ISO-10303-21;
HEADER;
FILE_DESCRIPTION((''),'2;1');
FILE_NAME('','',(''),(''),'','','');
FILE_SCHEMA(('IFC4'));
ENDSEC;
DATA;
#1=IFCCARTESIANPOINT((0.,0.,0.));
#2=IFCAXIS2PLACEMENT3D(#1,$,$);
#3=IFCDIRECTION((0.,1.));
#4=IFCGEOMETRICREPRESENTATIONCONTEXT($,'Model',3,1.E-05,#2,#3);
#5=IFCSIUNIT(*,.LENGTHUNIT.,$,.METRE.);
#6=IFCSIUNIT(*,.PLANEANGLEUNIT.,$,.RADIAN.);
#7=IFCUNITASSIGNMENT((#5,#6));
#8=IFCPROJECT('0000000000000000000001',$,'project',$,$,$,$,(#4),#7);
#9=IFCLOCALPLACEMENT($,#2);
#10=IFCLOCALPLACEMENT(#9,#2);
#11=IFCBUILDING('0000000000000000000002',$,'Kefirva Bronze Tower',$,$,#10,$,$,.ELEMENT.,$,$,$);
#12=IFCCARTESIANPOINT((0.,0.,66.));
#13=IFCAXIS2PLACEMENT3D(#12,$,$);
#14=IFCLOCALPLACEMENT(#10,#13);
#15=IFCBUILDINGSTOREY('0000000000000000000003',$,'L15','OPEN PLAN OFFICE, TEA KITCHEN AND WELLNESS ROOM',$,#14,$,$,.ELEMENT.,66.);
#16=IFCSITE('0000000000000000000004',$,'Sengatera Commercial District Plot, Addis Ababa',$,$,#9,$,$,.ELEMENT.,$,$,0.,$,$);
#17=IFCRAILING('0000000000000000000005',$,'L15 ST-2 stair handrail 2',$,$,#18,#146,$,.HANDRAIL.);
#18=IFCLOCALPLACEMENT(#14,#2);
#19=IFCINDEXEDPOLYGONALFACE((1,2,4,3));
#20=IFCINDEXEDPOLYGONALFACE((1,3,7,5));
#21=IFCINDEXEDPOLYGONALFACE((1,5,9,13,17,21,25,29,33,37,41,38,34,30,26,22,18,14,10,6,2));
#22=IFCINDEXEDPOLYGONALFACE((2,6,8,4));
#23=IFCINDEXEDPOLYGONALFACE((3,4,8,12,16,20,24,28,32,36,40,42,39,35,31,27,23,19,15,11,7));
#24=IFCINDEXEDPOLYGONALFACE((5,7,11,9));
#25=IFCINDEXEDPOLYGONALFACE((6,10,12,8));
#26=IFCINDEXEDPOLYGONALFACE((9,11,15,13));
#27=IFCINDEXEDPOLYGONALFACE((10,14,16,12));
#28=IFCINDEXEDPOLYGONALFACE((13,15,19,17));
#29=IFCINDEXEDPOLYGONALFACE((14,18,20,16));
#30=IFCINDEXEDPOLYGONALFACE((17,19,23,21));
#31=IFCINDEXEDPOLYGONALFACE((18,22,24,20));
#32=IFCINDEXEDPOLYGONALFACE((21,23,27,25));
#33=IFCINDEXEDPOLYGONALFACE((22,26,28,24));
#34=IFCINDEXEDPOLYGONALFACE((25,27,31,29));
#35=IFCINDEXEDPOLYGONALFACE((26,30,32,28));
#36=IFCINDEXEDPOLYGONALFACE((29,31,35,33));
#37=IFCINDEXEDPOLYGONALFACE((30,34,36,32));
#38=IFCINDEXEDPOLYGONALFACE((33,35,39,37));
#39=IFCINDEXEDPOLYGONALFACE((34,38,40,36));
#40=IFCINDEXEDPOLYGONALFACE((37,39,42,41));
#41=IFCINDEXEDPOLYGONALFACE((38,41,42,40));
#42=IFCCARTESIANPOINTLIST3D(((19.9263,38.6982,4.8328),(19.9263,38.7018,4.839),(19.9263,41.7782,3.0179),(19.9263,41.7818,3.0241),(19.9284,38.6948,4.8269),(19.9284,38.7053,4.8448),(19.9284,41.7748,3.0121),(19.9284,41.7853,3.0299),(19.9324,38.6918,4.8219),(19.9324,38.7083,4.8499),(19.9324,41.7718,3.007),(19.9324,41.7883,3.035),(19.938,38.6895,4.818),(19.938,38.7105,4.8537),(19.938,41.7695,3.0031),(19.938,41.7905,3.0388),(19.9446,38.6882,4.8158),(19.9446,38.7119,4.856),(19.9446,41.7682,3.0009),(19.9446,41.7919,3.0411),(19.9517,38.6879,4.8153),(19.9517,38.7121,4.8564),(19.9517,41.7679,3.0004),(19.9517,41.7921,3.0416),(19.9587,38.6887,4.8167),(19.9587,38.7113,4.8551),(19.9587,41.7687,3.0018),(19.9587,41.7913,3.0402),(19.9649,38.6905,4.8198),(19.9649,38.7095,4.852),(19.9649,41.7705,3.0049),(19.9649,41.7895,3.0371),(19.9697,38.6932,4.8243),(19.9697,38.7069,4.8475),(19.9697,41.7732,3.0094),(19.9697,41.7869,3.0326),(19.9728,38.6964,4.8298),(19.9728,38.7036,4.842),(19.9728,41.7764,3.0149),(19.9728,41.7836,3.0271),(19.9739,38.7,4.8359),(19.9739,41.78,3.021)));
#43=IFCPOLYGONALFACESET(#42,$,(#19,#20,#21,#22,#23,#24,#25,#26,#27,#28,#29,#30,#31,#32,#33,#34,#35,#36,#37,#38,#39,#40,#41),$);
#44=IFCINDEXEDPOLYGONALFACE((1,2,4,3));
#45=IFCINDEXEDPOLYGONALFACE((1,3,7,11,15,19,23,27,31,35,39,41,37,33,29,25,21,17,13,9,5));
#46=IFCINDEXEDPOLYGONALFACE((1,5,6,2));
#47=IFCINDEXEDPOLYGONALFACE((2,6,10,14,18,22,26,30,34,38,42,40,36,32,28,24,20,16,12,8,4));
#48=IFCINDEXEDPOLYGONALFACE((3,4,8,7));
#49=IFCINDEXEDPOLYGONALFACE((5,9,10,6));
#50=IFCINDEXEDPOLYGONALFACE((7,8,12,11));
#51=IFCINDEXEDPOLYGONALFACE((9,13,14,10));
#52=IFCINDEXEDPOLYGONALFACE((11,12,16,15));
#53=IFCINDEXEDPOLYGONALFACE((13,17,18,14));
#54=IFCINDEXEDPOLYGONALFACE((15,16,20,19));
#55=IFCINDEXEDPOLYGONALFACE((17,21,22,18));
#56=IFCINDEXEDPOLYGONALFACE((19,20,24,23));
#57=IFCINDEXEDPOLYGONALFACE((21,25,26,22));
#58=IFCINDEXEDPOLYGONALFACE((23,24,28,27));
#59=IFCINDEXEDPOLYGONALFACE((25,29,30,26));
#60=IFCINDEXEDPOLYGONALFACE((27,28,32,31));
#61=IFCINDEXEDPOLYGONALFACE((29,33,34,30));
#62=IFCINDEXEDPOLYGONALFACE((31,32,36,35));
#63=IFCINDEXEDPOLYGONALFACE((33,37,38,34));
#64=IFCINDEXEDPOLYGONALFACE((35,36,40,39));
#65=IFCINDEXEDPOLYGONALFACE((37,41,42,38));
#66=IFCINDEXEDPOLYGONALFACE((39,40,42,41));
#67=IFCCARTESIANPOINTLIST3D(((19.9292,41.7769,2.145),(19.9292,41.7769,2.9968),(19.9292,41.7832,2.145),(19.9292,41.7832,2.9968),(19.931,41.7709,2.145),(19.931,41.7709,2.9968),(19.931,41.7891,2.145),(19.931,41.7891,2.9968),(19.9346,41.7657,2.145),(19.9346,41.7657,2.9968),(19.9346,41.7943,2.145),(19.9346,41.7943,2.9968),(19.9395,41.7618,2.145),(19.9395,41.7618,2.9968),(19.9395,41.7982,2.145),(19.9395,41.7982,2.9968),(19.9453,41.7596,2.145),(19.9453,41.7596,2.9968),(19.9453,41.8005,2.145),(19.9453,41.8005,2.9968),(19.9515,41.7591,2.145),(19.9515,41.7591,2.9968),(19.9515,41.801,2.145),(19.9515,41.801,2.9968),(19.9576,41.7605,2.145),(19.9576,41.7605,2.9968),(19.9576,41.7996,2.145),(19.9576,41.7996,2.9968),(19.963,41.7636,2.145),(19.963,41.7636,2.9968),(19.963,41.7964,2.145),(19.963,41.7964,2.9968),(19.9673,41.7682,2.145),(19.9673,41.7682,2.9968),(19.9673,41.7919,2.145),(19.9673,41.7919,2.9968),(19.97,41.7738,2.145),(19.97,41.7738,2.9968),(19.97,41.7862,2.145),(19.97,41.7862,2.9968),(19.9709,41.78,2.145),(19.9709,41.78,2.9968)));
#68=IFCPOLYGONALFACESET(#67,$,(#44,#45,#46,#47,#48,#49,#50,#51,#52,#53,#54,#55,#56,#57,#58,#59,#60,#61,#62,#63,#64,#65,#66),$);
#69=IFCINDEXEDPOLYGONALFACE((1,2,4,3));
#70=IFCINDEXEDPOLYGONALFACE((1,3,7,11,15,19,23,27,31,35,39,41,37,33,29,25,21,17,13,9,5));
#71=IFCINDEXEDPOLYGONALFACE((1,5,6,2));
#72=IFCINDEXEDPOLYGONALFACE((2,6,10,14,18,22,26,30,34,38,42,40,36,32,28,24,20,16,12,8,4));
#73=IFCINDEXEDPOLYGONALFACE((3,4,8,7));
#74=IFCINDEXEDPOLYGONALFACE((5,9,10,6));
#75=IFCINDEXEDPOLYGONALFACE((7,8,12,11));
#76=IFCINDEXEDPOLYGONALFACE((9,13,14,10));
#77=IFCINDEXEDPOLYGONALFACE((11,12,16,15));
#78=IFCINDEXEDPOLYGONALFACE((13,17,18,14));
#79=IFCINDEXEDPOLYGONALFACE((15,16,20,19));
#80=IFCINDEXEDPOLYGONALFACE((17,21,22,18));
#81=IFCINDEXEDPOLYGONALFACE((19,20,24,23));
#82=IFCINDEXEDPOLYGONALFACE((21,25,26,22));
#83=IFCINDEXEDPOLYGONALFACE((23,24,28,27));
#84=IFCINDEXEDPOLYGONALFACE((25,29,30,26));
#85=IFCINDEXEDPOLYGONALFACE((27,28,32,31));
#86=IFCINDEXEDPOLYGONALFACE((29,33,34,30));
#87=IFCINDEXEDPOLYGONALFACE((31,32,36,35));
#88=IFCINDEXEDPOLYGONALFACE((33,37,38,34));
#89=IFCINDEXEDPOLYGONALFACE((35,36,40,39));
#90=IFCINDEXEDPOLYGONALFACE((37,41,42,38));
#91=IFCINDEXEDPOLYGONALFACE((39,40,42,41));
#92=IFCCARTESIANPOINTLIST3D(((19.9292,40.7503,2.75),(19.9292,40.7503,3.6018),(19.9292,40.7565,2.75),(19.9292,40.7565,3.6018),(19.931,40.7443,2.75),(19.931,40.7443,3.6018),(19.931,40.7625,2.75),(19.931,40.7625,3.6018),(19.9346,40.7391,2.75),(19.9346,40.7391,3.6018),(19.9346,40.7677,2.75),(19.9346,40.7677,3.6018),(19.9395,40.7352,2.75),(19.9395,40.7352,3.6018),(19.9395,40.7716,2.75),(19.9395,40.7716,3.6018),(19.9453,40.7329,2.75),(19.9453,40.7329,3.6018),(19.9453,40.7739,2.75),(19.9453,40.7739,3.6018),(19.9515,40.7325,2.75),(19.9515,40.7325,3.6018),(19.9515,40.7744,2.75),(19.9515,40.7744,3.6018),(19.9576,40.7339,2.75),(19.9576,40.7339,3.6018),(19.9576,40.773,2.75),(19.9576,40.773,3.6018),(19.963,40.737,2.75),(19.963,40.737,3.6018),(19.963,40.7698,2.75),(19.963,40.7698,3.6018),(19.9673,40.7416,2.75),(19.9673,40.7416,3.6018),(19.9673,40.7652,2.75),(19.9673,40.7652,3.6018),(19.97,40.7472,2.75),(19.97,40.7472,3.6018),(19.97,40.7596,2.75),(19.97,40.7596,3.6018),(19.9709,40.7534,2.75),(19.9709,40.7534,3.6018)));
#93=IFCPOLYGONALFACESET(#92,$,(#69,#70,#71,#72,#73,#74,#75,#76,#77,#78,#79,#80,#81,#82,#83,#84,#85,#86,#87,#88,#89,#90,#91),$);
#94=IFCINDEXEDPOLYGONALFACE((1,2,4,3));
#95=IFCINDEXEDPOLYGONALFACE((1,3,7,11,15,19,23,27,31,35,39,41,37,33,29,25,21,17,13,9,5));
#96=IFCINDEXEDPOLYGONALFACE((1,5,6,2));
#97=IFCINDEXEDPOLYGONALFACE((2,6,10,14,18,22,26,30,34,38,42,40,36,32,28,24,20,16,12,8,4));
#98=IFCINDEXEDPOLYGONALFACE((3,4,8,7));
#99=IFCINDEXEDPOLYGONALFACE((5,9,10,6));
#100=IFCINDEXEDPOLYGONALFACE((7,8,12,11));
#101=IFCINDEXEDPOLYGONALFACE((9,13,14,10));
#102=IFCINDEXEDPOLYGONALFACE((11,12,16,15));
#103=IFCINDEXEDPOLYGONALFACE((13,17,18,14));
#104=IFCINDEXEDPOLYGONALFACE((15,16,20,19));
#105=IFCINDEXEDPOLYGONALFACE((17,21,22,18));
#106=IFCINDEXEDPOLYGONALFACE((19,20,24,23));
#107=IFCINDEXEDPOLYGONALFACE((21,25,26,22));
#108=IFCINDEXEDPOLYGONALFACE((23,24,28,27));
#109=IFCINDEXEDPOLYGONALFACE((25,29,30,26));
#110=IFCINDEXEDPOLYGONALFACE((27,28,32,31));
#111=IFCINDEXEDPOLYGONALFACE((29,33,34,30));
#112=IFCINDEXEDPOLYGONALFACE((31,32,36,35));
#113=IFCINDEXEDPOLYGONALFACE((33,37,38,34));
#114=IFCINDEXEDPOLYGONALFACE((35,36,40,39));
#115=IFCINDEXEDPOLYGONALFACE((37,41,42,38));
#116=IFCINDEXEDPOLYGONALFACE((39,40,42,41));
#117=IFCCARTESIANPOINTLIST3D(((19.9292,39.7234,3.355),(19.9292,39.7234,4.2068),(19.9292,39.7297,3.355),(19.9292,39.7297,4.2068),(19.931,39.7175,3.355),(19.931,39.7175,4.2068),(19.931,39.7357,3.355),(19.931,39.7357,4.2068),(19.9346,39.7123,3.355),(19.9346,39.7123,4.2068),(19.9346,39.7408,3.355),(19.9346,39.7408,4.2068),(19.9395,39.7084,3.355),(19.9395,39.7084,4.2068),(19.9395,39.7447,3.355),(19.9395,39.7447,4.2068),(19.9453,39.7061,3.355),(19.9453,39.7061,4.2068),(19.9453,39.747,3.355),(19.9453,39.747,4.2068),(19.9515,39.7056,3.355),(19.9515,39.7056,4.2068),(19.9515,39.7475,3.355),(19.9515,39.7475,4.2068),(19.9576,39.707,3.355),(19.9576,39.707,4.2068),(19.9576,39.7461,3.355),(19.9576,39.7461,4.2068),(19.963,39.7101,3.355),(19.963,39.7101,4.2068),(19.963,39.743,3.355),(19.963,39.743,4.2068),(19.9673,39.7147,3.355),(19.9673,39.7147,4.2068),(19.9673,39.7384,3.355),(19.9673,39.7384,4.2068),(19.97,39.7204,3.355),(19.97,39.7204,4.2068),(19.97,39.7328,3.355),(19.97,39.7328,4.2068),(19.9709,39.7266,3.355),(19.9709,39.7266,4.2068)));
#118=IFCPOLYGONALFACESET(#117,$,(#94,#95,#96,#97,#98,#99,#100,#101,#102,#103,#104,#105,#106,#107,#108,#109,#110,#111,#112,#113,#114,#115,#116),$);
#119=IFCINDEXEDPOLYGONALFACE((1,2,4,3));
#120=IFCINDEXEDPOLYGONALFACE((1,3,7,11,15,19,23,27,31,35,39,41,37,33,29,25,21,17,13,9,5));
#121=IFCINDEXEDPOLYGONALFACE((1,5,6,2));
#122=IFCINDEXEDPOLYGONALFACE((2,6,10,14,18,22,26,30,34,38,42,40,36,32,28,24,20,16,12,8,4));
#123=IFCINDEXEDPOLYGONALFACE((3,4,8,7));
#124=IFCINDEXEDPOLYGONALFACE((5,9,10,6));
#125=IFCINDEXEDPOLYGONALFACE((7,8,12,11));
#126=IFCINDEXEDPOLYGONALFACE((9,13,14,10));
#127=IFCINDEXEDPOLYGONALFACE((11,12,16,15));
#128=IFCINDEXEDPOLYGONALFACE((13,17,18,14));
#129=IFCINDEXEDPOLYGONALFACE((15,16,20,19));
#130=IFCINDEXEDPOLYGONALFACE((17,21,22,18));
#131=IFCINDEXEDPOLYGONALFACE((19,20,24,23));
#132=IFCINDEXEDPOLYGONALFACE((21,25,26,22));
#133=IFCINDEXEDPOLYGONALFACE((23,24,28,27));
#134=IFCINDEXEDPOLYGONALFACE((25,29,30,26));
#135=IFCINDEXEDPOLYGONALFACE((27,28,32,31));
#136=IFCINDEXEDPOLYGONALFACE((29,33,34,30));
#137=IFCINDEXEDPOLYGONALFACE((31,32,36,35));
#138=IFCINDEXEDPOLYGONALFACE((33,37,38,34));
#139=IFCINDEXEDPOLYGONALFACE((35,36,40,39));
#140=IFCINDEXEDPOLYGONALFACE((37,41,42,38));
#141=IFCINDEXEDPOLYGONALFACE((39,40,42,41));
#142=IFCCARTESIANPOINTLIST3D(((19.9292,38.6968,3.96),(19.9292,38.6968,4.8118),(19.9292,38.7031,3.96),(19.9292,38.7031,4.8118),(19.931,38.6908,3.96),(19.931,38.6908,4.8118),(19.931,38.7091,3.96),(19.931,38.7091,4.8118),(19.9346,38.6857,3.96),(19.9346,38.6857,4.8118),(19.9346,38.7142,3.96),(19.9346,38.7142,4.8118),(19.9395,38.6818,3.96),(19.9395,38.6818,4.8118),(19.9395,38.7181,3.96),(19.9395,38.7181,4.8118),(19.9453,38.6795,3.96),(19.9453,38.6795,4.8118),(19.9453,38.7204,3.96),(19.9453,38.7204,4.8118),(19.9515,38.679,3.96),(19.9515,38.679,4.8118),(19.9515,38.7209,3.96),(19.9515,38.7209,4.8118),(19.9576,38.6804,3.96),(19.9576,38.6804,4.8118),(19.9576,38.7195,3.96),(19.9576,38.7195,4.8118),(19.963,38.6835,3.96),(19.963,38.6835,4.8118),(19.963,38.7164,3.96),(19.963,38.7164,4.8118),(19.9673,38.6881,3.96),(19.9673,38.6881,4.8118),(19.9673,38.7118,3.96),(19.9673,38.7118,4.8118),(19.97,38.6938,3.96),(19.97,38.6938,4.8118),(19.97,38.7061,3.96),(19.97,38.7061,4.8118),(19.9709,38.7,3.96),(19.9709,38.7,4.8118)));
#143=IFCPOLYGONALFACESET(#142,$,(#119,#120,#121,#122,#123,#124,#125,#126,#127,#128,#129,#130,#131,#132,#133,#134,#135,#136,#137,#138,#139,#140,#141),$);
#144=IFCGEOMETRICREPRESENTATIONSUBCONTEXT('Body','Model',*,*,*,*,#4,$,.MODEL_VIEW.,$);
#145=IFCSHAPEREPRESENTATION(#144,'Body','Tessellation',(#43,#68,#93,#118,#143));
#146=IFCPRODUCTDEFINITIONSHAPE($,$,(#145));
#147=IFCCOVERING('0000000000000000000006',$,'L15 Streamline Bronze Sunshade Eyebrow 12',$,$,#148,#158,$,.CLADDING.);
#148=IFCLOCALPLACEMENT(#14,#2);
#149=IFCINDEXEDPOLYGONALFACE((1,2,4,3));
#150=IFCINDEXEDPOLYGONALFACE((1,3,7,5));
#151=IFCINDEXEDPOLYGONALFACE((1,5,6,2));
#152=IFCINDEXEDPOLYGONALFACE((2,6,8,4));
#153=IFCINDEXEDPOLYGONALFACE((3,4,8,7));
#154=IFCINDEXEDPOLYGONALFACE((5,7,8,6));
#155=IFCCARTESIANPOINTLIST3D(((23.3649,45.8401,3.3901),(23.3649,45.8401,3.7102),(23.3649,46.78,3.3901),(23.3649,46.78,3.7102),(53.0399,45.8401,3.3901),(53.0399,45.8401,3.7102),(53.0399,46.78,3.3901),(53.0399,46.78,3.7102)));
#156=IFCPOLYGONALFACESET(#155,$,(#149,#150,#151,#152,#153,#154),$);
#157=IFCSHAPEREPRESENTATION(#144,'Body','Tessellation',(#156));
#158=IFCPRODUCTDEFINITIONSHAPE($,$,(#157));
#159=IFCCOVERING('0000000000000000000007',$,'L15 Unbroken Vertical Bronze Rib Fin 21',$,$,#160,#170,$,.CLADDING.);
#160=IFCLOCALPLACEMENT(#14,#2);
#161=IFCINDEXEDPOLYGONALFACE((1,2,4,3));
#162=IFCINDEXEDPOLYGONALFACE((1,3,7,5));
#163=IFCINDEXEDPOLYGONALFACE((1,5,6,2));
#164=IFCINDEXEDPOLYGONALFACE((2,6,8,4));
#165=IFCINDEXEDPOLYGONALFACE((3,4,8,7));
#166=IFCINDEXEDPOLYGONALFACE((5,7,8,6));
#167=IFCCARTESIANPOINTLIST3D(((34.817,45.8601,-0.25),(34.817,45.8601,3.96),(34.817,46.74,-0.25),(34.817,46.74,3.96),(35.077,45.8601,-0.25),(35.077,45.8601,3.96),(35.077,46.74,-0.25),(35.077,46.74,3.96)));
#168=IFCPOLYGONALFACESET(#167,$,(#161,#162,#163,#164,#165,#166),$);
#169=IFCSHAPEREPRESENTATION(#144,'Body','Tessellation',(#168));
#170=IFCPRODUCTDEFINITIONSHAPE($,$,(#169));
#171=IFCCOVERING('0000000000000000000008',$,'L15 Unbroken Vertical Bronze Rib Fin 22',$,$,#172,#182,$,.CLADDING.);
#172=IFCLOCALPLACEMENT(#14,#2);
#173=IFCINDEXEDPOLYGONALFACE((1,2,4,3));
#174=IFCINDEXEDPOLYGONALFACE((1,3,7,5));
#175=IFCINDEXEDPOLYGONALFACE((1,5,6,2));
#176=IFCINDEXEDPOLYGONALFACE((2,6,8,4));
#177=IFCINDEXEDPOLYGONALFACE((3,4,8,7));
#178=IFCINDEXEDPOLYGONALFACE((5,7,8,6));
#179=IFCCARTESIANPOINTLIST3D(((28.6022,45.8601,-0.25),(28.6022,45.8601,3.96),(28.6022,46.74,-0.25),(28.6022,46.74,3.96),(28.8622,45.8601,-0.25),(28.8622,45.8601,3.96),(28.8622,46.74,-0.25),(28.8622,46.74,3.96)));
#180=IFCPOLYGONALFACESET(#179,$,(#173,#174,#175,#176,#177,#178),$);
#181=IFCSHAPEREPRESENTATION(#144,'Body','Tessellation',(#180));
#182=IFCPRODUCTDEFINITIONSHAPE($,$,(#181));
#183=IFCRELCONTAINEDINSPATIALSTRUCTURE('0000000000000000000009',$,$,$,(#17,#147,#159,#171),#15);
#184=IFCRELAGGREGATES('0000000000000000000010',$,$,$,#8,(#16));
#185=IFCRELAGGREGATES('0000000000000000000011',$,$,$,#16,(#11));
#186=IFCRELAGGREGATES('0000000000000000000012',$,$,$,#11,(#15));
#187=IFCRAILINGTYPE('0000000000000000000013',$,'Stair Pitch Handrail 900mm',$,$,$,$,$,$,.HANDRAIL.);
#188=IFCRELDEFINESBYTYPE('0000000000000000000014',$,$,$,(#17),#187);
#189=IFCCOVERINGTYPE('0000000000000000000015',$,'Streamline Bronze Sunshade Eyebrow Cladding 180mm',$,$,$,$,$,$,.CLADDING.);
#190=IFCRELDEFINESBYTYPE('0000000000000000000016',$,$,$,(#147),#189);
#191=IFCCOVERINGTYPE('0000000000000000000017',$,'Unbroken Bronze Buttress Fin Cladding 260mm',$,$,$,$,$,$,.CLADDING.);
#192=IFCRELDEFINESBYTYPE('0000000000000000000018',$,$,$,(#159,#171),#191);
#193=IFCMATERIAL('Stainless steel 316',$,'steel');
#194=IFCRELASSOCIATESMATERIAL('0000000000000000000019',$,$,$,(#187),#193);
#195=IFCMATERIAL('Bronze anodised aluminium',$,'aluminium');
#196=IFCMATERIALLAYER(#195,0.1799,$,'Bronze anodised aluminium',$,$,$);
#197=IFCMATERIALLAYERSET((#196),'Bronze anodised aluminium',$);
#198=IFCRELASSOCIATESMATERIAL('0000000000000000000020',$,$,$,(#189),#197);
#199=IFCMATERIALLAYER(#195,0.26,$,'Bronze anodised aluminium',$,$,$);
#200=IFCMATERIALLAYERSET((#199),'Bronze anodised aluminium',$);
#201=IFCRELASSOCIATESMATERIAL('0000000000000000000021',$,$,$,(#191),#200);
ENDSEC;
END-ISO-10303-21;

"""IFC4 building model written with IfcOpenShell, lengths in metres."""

from ifc_helpers import new_model, si_unit, direction, frame, origin, origin_2d, place, context, subcontext, project, spatial, rectangle, circle, extrude, material, layer, layer_set, type_object, element, save


model = new_model("IFC4")

# Units and contexts
model_context = context("Model", 3, precision=1e-05, world=origin(), true_north=direction((0.0, 1.0)))
body_context = subcontext(model_context, "Body", "Model", "MODEL_VIEW")
ifc_project = project(units=[si_unit("LENGTHUNIT", "METRE"), si_unit("PLANEANGLEUNIT", "RADIAN")], contexts=[model_context])

# Site, building, storey
site_placement = place(None, origin())
site = spatial("IfcSite", under=ifc_project, at=site_placement, Name="Sengatera Commercial District Plot, Addis Ababa", CompositionType="ELEMENT", RefElevation=0.0)
building_placement = place(site_placement, origin())
building = spatial("IfcBuilding", under=site, at=building_placement, Name="Kefirva Bronze Tower", CompositionType="ELEMENT")
storey_placement = place(building_placement, frame((0.0, 0.0, 66.0)))
storey = spatial("IfcBuildingStorey", under=building, at=storey_placement, Name="L15", Description="OPEN PLAN OFFICE, TEA KITCHEN AND WELLNESS ROOM", CompositionType="ELEMENT", Elevation=66.0)

# Shared definitions
ifc_material_1 = material(Name="Bronze anodised aluminium", Category="aluminium")

# Railing
ifc_material_2 = material(Name="Stainless steel 316", Category="steel")
railing_type_1 = type_object("IfcRailingType", Name="Stair Pitch Handrail 900mm", PredefinedType="HANDRAIL", material=ifc_material_2)
railing_1_placement = place(storey_placement, frame((19.95, 41.78, 2.145)))
element("IfcRailing", 1, at=railing_1_placement, inside=storey, type_object=railing_type_1, Name="L15 ST-2 stair handrail 2", PredefinedType="HANDRAIL", context=body_context, shape_type="SweptSolid", body=[
    extrude(circle(Radius=0.0239, at=origin_2d()), frame((0.0, 0.0, 0.876), z_axis=(0.0, -0.861551, 0.507671), x_axis=(1.0, 0.0, 0.0)), (0.0, 0.0, 1.0), 3.575),
    extrude(circle(Radius=0.021, at=origin_2d()), origin(), (0.0, 0.0, 1.0), 0.8518),
    extrude(circle(Radius=0.021, at=origin_2d()), frame((0.0, -1.0266, 0.605)), (0.0, 0.0, 1.0), 0.8518),
    extrude(circle(Radius=0.021, at=origin_2d()), frame((0.0, -2.0535, 1.21)), (0.0, 0.0, 1.0), 0.8518),
    extrude(circle(Radius=0.021, at=origin_2d()), frame((0.0, -3.0801, 1.8149)), (0.0, 0.0, 1.0), 0.8518),
])

# Coverings
ifc_layer_1 = layer(ifc_material_1, 0.1799, Name="Bronze anodised aluminium")
ifc_layer_set_1 = layer_set([ifc_layer_1], Name="Bronze anodised aluminium")
covering_type_1 = type_object("IfcCoveringType", Name="Streamline Bronze Sunshade Eyebrow Cladding 180mm", PredefinedType="CLADDING", material=ifc_layer_set_1)
covering_1_placement = place(storey_placement, frame((38.2024, 46.3101, 3.3901), z_axis=(0.0, 0.0, 1.0), x_axis=(-1.0, 0.0, 0.0)))
element("IfcCovering", 2, at=covering_1_placement, inside=storey, type_object=covering_type_1, Name="L15 Streamline Bronze Sunshade Eyebrow 12", PredefinedType="CLADDING", context=body_context, shape_type="SweptSolid", body=[
    extrude(rectangle(XDim=29.675, YDim=0.9399, at=origin_2d()), origin(), (0.0, 0.0, 1.0), 0.3201),
])
ifc_layer_2 = layer(ifc_material_1, 0.26, Name="Bronze anodised aluminium")
ifc_layer_set_2 = layer_set([ifc_layer_2], Name="Bronze anodised aluminium")
covering_type_2 = type_object("IfcCoveringType", Name="Unbroken Bronze Buttress Fin Cladding 260mm", PredefinedType="CLADDING", material=ifc_layer_set_2)
for number, where, z_axis, x_axis, name in (
    (3, (34.947, 46.3, -0.25), (0.0, 0.0, 1.0), (-1.0, 0.0, 0.0), "L15 Unbroken Vertical Bronze Rib Fin 21"),
    (4, (28.7322, 46.3, -0.25), (0.0, 0.0, 1.0), (-1.0, 0.0, 0.0), "L15 Unbroken Vertical Bronze Rib Fin 22"),
):
    element("IfcCovering", number, at=place(storey_placement, frame(where, z_axis=z_axis, x_axis=x_axis)), inside=storey, type_object=covering_type_2, Name=name, PredefinedType="CLADDING", context=body_context, shape_type="SweptSolid", body=[
        extrude(rectangle(XDim=0.26, YDim=0.8799, at=origin_2d()), origin(), (0.0, 0.0, 1.0), 4.21),
    ])

save(model, "model.ifc")
